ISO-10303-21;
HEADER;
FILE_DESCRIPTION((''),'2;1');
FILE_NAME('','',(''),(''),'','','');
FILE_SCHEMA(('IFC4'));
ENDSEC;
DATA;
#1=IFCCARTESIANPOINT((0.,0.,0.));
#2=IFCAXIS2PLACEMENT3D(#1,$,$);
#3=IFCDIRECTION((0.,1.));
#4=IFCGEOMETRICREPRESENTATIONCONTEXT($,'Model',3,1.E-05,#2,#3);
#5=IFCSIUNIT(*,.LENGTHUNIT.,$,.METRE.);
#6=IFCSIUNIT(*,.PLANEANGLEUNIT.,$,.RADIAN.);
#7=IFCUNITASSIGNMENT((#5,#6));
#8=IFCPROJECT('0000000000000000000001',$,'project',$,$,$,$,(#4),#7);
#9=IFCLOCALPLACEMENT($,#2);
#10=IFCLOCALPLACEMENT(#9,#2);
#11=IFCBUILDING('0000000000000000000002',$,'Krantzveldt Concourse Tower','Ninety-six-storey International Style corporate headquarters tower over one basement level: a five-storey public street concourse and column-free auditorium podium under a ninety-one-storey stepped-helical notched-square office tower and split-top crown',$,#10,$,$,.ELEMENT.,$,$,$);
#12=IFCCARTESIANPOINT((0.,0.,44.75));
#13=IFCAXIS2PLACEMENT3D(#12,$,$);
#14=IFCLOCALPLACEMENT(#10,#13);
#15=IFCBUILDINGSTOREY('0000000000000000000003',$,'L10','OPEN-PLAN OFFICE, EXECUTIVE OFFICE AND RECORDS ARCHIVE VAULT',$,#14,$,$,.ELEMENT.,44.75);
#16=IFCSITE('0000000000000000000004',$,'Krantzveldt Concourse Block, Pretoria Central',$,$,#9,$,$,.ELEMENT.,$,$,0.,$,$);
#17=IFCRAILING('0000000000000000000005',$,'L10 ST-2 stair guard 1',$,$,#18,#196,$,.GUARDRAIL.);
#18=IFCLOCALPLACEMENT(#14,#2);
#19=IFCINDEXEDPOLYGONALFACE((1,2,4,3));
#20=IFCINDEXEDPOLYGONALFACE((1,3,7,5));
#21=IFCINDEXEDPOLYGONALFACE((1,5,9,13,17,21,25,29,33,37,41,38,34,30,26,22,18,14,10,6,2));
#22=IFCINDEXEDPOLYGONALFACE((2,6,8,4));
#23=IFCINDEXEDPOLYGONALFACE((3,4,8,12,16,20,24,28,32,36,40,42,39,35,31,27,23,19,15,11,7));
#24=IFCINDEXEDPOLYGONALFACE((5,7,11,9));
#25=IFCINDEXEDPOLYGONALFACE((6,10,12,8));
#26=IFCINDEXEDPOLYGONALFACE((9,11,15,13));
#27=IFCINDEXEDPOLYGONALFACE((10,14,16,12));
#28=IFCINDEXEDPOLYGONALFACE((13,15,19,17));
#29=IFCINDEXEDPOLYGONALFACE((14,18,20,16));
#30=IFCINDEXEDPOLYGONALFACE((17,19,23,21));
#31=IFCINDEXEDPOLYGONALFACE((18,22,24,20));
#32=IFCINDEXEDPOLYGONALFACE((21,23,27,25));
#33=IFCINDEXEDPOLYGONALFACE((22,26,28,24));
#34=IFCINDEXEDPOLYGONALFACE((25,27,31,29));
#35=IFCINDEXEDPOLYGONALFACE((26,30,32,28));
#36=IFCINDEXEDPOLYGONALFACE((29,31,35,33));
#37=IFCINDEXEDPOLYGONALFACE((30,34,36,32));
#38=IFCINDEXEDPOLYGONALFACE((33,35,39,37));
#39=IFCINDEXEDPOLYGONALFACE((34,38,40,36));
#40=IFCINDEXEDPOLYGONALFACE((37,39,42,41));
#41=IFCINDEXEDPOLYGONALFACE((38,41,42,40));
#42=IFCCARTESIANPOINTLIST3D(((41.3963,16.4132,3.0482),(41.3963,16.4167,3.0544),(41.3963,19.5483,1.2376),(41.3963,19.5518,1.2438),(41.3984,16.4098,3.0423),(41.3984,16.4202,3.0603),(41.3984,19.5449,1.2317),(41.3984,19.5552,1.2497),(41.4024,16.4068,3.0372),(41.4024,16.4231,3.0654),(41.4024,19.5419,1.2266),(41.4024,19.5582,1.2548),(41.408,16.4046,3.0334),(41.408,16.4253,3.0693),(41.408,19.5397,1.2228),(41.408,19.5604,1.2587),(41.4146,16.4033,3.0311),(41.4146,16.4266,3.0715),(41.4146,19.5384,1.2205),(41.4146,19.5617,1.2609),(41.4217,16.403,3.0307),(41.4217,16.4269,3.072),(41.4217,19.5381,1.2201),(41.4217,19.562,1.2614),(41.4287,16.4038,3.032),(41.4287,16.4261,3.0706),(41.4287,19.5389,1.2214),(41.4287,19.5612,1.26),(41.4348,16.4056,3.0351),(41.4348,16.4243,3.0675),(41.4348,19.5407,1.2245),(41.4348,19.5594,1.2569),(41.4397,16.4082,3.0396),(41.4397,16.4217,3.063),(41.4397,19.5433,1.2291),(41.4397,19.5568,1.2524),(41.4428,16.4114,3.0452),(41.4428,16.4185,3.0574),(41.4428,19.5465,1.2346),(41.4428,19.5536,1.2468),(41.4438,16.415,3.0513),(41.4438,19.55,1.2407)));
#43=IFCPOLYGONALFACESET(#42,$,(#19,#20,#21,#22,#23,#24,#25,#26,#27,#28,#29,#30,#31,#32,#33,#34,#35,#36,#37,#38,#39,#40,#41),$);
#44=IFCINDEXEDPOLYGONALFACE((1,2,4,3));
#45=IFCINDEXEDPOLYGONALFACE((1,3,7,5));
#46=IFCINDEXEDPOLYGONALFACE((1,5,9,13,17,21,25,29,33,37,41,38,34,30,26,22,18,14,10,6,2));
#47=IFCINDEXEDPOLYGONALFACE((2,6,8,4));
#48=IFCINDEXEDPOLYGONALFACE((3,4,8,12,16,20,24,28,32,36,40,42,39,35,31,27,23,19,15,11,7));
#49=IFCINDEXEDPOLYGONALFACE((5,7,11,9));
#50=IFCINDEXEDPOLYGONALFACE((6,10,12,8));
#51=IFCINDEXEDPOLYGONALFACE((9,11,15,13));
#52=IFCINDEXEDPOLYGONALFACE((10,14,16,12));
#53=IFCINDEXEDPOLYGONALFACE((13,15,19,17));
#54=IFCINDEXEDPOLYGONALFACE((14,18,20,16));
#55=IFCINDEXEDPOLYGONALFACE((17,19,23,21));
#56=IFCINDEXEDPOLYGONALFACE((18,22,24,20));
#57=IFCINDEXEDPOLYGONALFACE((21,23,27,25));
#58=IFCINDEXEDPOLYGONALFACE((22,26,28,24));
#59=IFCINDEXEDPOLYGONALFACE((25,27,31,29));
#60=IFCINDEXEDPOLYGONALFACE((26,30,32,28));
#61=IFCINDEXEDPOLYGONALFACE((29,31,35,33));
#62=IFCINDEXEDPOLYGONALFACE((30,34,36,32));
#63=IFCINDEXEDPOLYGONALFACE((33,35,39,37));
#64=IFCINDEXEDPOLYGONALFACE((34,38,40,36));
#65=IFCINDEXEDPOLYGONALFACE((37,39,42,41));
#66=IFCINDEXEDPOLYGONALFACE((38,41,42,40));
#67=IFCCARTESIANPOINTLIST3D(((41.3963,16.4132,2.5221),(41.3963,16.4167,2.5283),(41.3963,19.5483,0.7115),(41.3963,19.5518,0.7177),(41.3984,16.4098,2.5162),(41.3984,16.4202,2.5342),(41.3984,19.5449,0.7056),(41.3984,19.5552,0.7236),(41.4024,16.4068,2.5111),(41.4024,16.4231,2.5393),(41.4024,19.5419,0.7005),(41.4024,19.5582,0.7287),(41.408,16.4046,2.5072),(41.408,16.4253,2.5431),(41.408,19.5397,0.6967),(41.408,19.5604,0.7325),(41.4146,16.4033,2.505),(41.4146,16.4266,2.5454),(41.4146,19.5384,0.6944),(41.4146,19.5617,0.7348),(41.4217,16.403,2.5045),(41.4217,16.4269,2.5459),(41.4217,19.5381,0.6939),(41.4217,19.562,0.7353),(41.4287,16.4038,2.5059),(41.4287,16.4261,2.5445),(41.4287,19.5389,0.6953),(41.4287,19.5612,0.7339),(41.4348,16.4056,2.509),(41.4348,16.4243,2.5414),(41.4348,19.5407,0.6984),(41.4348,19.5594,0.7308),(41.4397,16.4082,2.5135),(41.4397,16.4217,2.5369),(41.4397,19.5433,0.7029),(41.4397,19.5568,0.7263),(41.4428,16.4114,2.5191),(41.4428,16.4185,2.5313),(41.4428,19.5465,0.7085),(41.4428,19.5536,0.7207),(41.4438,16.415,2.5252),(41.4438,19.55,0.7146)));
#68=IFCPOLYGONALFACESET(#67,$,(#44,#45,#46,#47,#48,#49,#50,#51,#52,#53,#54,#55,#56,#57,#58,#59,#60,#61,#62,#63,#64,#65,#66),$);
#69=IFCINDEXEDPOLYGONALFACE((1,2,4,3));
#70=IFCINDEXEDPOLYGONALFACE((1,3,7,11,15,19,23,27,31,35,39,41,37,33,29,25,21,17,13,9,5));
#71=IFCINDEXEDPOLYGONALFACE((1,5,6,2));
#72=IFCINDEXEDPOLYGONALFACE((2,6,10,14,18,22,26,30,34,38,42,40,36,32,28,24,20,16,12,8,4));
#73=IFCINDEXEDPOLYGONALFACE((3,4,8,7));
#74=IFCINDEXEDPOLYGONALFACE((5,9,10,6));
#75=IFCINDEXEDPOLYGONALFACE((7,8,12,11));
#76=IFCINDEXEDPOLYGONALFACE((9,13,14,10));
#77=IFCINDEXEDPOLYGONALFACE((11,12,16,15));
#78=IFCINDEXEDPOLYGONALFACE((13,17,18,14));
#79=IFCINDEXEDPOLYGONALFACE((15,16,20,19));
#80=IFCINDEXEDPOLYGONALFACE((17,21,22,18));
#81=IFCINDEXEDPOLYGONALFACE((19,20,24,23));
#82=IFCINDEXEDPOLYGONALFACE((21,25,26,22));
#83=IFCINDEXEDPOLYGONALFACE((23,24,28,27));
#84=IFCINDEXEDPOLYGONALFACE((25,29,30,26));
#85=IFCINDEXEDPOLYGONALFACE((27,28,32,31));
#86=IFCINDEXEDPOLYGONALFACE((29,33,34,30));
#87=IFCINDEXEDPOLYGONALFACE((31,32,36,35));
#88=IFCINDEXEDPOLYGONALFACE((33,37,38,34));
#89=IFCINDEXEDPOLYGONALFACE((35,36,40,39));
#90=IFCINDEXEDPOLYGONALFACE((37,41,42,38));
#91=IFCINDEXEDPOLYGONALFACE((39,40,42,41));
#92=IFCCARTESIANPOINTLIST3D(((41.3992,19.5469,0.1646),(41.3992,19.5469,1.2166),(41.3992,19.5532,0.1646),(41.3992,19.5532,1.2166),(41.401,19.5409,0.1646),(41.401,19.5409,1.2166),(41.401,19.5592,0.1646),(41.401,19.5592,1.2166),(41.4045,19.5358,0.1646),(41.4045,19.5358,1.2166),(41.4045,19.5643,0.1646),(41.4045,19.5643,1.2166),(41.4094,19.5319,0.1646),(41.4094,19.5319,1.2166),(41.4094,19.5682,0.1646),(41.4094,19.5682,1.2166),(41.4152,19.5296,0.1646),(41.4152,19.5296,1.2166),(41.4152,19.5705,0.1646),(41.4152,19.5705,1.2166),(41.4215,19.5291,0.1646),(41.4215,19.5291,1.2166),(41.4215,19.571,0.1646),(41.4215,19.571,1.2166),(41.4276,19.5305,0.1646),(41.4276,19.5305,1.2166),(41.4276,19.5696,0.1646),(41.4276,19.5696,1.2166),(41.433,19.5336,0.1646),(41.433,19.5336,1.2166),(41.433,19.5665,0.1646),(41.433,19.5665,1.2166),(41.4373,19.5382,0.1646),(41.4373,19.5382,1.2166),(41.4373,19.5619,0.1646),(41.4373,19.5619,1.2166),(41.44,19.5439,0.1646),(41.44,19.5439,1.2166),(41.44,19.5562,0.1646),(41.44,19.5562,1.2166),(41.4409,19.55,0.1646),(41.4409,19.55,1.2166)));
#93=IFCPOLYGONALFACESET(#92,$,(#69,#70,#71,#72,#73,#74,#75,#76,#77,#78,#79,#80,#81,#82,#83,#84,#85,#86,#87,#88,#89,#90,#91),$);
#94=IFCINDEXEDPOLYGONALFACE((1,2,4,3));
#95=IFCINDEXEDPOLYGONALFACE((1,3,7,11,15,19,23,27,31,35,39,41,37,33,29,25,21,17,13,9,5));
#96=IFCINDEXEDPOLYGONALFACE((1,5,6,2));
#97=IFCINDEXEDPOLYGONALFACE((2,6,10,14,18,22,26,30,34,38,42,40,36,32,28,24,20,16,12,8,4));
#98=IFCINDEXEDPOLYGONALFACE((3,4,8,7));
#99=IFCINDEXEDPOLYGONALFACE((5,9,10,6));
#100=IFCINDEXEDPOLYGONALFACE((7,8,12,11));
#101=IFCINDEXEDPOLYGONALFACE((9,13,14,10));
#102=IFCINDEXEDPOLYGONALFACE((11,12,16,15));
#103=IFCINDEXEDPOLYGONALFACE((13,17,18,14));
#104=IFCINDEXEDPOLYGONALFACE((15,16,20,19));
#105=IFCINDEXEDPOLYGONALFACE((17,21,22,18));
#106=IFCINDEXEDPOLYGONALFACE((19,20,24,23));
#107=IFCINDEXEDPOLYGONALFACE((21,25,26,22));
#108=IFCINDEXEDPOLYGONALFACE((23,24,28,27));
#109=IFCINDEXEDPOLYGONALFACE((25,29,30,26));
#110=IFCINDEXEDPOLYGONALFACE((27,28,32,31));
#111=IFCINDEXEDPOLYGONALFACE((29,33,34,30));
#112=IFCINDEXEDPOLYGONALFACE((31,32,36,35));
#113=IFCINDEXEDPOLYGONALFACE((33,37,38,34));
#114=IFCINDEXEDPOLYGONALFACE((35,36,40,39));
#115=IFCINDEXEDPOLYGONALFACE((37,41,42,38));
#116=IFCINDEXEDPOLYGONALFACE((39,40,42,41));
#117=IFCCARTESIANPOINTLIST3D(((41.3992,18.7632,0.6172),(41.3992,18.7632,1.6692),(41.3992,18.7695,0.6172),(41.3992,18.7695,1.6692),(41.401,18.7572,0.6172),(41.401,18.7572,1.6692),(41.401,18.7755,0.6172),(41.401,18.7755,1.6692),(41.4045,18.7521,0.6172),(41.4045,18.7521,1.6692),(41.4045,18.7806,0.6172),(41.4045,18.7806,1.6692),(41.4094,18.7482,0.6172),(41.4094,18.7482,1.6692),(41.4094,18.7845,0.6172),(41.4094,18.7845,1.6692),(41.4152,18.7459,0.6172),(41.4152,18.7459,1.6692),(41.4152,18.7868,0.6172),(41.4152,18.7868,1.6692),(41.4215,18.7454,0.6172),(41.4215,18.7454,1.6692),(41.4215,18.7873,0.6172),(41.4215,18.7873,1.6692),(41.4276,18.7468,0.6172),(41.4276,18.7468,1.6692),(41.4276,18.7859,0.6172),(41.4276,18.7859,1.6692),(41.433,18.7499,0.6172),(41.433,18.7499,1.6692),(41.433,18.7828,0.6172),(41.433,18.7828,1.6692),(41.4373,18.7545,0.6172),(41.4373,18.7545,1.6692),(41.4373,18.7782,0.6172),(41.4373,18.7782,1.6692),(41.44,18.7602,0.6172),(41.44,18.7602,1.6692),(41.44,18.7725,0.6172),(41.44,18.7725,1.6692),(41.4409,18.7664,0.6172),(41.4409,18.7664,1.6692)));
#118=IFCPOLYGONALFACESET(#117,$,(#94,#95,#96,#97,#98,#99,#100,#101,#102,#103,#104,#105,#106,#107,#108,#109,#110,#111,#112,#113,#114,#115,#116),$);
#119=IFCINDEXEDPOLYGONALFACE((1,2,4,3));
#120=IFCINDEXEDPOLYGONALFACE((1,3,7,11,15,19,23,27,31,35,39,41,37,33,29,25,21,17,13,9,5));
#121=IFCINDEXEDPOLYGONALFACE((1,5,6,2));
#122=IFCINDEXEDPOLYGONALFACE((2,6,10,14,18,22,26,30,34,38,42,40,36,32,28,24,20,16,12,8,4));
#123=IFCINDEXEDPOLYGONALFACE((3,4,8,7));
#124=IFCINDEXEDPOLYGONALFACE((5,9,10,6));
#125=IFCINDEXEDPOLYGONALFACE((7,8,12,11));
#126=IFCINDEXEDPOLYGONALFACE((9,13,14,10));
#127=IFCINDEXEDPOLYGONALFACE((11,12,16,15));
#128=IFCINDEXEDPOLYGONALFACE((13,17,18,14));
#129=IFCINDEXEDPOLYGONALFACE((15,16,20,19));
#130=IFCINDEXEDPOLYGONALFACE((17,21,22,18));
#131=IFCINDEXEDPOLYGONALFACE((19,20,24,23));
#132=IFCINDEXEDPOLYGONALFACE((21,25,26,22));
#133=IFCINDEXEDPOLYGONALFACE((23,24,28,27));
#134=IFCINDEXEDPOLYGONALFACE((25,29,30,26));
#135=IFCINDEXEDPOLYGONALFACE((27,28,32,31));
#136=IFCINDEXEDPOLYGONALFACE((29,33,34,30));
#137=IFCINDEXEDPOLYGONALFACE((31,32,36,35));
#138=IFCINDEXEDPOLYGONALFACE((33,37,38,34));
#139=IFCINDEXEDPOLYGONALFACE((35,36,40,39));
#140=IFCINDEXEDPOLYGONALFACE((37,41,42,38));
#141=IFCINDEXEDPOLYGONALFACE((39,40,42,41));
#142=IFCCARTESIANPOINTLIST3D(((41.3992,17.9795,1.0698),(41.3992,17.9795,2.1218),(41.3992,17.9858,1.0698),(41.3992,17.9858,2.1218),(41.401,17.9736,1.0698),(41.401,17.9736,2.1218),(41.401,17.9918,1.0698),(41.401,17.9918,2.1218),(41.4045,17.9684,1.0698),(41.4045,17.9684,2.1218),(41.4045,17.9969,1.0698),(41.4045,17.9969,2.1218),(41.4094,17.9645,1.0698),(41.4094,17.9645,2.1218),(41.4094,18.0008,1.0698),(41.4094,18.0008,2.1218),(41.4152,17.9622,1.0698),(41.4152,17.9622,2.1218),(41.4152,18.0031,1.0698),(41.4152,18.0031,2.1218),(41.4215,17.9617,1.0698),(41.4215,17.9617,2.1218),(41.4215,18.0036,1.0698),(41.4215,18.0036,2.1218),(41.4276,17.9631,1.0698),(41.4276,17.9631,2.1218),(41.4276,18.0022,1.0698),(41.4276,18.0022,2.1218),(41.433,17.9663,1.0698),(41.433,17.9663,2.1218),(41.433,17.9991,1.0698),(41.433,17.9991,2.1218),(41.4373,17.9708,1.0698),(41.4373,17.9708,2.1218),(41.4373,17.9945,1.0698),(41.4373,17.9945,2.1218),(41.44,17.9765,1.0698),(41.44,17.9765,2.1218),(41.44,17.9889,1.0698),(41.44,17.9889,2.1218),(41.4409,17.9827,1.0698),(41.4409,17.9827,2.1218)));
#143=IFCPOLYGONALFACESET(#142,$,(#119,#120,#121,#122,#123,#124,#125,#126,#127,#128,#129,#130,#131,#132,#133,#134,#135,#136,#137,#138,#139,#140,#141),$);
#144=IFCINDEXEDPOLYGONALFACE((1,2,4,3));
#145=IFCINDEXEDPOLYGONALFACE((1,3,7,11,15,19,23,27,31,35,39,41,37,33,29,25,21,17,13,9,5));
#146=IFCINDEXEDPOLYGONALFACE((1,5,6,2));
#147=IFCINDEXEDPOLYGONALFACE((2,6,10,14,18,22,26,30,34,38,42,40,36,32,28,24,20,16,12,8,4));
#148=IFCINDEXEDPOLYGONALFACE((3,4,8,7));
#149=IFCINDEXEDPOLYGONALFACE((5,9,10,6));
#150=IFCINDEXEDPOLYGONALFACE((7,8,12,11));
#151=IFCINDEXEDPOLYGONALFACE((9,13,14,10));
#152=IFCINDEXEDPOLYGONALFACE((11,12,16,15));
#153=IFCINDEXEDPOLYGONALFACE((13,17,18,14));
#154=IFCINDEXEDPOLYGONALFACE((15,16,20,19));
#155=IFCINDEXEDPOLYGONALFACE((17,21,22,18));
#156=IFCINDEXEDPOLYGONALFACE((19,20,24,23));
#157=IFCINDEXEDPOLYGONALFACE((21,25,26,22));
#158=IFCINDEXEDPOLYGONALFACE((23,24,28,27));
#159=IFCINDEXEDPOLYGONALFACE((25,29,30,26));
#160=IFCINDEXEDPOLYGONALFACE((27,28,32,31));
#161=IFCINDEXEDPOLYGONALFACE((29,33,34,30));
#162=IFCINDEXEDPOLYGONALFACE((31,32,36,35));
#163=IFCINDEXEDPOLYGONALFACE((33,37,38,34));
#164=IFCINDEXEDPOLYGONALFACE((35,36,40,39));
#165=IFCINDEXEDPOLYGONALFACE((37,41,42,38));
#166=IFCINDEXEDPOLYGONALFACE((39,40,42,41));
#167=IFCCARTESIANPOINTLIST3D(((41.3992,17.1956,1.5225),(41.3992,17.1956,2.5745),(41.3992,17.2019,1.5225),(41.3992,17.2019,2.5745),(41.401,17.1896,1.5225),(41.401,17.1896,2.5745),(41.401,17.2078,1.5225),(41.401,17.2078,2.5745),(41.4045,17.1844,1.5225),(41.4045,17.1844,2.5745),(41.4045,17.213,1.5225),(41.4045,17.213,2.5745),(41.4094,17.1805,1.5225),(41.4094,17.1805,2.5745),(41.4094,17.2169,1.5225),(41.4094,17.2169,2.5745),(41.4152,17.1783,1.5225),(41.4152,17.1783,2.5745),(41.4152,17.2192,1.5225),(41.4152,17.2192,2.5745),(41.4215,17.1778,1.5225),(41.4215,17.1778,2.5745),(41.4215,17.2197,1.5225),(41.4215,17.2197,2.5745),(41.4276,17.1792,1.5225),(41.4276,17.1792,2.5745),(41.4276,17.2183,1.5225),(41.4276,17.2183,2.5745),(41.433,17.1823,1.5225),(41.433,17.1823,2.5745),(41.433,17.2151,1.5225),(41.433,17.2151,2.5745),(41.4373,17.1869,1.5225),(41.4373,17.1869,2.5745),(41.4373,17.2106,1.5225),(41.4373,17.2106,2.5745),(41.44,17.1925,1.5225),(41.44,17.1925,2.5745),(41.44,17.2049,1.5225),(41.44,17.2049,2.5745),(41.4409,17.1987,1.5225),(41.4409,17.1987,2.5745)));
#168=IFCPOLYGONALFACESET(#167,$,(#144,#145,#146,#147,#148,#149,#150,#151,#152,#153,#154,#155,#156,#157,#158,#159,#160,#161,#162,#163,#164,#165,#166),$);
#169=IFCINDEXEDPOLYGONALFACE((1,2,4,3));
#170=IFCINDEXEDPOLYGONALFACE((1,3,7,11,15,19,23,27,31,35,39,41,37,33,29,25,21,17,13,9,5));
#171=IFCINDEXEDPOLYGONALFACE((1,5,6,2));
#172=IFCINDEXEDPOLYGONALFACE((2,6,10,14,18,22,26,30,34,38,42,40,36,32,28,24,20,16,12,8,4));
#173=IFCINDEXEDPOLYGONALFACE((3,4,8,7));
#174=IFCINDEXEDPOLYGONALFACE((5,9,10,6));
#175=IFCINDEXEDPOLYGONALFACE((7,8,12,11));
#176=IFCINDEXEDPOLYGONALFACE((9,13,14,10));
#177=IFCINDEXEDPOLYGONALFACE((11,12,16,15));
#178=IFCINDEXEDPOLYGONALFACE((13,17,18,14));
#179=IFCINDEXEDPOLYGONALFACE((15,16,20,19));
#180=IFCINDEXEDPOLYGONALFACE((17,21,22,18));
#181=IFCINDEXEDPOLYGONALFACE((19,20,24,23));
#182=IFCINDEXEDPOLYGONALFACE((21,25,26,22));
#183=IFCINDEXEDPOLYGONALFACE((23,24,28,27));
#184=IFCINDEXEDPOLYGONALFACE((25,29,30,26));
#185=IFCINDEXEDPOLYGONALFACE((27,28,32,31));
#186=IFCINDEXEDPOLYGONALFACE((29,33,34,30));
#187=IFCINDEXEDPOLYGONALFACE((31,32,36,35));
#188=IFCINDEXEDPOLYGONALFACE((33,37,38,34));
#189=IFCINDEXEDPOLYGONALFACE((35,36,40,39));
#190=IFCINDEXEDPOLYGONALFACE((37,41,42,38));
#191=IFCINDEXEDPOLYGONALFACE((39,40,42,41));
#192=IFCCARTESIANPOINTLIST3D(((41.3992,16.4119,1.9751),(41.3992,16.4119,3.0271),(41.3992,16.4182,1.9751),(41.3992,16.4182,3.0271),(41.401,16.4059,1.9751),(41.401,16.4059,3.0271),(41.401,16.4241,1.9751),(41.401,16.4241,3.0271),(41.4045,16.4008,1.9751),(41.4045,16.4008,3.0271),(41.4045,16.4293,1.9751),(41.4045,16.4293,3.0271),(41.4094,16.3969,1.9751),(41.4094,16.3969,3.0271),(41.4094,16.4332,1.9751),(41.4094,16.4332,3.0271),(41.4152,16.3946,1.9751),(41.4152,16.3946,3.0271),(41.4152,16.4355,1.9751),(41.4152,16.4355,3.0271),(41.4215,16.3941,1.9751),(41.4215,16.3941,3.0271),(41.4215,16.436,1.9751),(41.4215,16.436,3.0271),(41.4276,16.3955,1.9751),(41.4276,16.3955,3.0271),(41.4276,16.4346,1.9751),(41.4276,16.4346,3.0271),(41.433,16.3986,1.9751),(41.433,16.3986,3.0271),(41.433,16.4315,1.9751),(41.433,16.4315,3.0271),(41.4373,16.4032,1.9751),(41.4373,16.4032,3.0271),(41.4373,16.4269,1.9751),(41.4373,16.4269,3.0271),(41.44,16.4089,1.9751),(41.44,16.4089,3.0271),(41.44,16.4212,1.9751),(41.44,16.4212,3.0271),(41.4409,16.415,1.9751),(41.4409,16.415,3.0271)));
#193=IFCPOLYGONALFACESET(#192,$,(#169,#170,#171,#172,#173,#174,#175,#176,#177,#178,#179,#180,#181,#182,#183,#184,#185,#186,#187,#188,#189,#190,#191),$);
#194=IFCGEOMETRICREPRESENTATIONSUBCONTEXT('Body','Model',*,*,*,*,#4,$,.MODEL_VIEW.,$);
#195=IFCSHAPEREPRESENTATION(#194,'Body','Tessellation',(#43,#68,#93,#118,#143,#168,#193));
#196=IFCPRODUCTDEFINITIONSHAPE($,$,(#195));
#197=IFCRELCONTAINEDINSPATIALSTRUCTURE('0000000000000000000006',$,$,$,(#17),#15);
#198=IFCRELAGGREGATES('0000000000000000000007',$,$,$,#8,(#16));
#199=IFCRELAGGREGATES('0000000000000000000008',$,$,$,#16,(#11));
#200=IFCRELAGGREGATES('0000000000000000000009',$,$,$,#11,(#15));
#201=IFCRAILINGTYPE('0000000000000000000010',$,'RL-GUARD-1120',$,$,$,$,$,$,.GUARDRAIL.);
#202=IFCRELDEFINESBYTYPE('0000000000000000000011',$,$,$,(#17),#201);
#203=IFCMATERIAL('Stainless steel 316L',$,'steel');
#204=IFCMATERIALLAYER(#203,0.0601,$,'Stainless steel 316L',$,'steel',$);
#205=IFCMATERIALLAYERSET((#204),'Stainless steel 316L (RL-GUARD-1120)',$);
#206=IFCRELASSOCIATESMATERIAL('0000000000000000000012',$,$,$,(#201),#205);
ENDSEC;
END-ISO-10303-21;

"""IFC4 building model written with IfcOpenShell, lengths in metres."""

from ifc_helpers import new_model, si_unit, direction, frame, origin, origin_2d, place, context, subcontext, project, spatial, circle, extrude, material, layer, layer_set, type_object, element, save


model = new_model("IFC4")

# Units and contexts
model_context = context("Model", 3, precision=1e-05, world=origin(), true_north=direction((0.0, 1.0)))
body_context = subcontext(model_context, "Body", "Model", "MODEL_VIEW")
ifc_project = project(units=[si_unit("LENGTHUNIT", "METRE"), si_unit("PLANEANGLEUNIT", "RADIAN")], contexts=[model_context])

# Site, building, storey
site_placement = place(None, origin())
site = spatial("IfcSite", under=ifc_project, at=site_placement, Name="Krantzveldt Concourse Block, Pretoria Central", CompositionType="ELEMENT", RefElevation=0.0)
building_placement = place(site_placement, origin())
building = spatial("IfcBuilding", under=site, at=building_placement, Name="Krantzveldt Concourse Tower", Description="Ninety-six-storey International Style corporate headquarters tower over one basement level: a five-storey public street concourse and column-free auditorium podium under a ninety-one-storey stepped-helical notched-square office tower and split-top crown", CompositionType="ELEMENT")
storey_placement = place(building_placement, frame((0.0, 0.0, 44.75)))
storey = spatial("IfcBuildingStorey", under=building, at=storey_placement, Name="L10", Description="OPEN-PLAN OFFICE, EXECUTIVE OFFICE AND RECORDS ARCHIVE VAULT", CompositionType="ELEMENT", Elevation=44.75)

# Shared definitions
ifc_material_1 = material(Name="Stainless steel 316L", Category="steel")

# Railing
ifc_layer_1 = layer(ifc_material_1, 0.0601, Name="Stainless steel 316L", Category="steel")
ifc_layer_set_1 = layer_set([ifc_layer_1], Name="Stainless steel 316L (RL-GUARD-1120)")
railing_type_1 = type_object("IfcRailingType", Name="RL-GUARD-1120", PredefinedType="GUARDRAIL", material=ifc_layer_set_1)
railing_1_placement = place(storey_placement, frame((41.4199, 19.55, 0.1646)))
element("IfcRailing", 1, at=railing_1_placement, inside=storey, type_object=railing_type_1, Name="L10 ST-2 stair guard 1", PredefinedType="GUARDRAIL", context=body_context, shape_type="SweptSolid", body=[
    extrude(circle(Radius=0.0239, at=origin_2d()), frame((0.0, 0.0, 1.0762), z_axis=(0.0, -0.86596, 0.500114), x_axis=(1.0, 0.0, 0.0)), (0.0, 0.0, 1.0), 3.6204),
    extrude(circle(Radius=0.0239, at=origin_2d()), frame((0.0, 0.0, 0.55), z_axis=(0.0, -0.86596, 0.500114), x_axis=(1.0, 0.0, 0.0)), (0.0, 0.0, 1.0), 3.6204),
    extrude(circle(Radius=0.021, at=origin_2d()), origin(), (0.0, 0.0, 1.0), 1.052),
    extrude(circle(Radius=0.021, at=origin_2d()), frame((0.0, -0.7837, 0.4526)), (0.0, 0.0, 1.0), 1.052),
    extrude(circle(Radius=0.021, at=origin_2d()), frame((0.0, -1.5674, 0.9053)), (0.0, 0.0, 1.0), 1.052),
    extrude(circle(Radius=0.021, at=origin_2d()), frame((0.0, -2.3513, 1.3579)), (0.0, 0.0, 1.0), 1.052),
    extrude(circle(Radius=0.021, at=origin_2d()), frame((0.0, -3.135, 1.8105)), (0.0, 0.0, 1.0), 1.052),
])

save(model, "model.ifc")
